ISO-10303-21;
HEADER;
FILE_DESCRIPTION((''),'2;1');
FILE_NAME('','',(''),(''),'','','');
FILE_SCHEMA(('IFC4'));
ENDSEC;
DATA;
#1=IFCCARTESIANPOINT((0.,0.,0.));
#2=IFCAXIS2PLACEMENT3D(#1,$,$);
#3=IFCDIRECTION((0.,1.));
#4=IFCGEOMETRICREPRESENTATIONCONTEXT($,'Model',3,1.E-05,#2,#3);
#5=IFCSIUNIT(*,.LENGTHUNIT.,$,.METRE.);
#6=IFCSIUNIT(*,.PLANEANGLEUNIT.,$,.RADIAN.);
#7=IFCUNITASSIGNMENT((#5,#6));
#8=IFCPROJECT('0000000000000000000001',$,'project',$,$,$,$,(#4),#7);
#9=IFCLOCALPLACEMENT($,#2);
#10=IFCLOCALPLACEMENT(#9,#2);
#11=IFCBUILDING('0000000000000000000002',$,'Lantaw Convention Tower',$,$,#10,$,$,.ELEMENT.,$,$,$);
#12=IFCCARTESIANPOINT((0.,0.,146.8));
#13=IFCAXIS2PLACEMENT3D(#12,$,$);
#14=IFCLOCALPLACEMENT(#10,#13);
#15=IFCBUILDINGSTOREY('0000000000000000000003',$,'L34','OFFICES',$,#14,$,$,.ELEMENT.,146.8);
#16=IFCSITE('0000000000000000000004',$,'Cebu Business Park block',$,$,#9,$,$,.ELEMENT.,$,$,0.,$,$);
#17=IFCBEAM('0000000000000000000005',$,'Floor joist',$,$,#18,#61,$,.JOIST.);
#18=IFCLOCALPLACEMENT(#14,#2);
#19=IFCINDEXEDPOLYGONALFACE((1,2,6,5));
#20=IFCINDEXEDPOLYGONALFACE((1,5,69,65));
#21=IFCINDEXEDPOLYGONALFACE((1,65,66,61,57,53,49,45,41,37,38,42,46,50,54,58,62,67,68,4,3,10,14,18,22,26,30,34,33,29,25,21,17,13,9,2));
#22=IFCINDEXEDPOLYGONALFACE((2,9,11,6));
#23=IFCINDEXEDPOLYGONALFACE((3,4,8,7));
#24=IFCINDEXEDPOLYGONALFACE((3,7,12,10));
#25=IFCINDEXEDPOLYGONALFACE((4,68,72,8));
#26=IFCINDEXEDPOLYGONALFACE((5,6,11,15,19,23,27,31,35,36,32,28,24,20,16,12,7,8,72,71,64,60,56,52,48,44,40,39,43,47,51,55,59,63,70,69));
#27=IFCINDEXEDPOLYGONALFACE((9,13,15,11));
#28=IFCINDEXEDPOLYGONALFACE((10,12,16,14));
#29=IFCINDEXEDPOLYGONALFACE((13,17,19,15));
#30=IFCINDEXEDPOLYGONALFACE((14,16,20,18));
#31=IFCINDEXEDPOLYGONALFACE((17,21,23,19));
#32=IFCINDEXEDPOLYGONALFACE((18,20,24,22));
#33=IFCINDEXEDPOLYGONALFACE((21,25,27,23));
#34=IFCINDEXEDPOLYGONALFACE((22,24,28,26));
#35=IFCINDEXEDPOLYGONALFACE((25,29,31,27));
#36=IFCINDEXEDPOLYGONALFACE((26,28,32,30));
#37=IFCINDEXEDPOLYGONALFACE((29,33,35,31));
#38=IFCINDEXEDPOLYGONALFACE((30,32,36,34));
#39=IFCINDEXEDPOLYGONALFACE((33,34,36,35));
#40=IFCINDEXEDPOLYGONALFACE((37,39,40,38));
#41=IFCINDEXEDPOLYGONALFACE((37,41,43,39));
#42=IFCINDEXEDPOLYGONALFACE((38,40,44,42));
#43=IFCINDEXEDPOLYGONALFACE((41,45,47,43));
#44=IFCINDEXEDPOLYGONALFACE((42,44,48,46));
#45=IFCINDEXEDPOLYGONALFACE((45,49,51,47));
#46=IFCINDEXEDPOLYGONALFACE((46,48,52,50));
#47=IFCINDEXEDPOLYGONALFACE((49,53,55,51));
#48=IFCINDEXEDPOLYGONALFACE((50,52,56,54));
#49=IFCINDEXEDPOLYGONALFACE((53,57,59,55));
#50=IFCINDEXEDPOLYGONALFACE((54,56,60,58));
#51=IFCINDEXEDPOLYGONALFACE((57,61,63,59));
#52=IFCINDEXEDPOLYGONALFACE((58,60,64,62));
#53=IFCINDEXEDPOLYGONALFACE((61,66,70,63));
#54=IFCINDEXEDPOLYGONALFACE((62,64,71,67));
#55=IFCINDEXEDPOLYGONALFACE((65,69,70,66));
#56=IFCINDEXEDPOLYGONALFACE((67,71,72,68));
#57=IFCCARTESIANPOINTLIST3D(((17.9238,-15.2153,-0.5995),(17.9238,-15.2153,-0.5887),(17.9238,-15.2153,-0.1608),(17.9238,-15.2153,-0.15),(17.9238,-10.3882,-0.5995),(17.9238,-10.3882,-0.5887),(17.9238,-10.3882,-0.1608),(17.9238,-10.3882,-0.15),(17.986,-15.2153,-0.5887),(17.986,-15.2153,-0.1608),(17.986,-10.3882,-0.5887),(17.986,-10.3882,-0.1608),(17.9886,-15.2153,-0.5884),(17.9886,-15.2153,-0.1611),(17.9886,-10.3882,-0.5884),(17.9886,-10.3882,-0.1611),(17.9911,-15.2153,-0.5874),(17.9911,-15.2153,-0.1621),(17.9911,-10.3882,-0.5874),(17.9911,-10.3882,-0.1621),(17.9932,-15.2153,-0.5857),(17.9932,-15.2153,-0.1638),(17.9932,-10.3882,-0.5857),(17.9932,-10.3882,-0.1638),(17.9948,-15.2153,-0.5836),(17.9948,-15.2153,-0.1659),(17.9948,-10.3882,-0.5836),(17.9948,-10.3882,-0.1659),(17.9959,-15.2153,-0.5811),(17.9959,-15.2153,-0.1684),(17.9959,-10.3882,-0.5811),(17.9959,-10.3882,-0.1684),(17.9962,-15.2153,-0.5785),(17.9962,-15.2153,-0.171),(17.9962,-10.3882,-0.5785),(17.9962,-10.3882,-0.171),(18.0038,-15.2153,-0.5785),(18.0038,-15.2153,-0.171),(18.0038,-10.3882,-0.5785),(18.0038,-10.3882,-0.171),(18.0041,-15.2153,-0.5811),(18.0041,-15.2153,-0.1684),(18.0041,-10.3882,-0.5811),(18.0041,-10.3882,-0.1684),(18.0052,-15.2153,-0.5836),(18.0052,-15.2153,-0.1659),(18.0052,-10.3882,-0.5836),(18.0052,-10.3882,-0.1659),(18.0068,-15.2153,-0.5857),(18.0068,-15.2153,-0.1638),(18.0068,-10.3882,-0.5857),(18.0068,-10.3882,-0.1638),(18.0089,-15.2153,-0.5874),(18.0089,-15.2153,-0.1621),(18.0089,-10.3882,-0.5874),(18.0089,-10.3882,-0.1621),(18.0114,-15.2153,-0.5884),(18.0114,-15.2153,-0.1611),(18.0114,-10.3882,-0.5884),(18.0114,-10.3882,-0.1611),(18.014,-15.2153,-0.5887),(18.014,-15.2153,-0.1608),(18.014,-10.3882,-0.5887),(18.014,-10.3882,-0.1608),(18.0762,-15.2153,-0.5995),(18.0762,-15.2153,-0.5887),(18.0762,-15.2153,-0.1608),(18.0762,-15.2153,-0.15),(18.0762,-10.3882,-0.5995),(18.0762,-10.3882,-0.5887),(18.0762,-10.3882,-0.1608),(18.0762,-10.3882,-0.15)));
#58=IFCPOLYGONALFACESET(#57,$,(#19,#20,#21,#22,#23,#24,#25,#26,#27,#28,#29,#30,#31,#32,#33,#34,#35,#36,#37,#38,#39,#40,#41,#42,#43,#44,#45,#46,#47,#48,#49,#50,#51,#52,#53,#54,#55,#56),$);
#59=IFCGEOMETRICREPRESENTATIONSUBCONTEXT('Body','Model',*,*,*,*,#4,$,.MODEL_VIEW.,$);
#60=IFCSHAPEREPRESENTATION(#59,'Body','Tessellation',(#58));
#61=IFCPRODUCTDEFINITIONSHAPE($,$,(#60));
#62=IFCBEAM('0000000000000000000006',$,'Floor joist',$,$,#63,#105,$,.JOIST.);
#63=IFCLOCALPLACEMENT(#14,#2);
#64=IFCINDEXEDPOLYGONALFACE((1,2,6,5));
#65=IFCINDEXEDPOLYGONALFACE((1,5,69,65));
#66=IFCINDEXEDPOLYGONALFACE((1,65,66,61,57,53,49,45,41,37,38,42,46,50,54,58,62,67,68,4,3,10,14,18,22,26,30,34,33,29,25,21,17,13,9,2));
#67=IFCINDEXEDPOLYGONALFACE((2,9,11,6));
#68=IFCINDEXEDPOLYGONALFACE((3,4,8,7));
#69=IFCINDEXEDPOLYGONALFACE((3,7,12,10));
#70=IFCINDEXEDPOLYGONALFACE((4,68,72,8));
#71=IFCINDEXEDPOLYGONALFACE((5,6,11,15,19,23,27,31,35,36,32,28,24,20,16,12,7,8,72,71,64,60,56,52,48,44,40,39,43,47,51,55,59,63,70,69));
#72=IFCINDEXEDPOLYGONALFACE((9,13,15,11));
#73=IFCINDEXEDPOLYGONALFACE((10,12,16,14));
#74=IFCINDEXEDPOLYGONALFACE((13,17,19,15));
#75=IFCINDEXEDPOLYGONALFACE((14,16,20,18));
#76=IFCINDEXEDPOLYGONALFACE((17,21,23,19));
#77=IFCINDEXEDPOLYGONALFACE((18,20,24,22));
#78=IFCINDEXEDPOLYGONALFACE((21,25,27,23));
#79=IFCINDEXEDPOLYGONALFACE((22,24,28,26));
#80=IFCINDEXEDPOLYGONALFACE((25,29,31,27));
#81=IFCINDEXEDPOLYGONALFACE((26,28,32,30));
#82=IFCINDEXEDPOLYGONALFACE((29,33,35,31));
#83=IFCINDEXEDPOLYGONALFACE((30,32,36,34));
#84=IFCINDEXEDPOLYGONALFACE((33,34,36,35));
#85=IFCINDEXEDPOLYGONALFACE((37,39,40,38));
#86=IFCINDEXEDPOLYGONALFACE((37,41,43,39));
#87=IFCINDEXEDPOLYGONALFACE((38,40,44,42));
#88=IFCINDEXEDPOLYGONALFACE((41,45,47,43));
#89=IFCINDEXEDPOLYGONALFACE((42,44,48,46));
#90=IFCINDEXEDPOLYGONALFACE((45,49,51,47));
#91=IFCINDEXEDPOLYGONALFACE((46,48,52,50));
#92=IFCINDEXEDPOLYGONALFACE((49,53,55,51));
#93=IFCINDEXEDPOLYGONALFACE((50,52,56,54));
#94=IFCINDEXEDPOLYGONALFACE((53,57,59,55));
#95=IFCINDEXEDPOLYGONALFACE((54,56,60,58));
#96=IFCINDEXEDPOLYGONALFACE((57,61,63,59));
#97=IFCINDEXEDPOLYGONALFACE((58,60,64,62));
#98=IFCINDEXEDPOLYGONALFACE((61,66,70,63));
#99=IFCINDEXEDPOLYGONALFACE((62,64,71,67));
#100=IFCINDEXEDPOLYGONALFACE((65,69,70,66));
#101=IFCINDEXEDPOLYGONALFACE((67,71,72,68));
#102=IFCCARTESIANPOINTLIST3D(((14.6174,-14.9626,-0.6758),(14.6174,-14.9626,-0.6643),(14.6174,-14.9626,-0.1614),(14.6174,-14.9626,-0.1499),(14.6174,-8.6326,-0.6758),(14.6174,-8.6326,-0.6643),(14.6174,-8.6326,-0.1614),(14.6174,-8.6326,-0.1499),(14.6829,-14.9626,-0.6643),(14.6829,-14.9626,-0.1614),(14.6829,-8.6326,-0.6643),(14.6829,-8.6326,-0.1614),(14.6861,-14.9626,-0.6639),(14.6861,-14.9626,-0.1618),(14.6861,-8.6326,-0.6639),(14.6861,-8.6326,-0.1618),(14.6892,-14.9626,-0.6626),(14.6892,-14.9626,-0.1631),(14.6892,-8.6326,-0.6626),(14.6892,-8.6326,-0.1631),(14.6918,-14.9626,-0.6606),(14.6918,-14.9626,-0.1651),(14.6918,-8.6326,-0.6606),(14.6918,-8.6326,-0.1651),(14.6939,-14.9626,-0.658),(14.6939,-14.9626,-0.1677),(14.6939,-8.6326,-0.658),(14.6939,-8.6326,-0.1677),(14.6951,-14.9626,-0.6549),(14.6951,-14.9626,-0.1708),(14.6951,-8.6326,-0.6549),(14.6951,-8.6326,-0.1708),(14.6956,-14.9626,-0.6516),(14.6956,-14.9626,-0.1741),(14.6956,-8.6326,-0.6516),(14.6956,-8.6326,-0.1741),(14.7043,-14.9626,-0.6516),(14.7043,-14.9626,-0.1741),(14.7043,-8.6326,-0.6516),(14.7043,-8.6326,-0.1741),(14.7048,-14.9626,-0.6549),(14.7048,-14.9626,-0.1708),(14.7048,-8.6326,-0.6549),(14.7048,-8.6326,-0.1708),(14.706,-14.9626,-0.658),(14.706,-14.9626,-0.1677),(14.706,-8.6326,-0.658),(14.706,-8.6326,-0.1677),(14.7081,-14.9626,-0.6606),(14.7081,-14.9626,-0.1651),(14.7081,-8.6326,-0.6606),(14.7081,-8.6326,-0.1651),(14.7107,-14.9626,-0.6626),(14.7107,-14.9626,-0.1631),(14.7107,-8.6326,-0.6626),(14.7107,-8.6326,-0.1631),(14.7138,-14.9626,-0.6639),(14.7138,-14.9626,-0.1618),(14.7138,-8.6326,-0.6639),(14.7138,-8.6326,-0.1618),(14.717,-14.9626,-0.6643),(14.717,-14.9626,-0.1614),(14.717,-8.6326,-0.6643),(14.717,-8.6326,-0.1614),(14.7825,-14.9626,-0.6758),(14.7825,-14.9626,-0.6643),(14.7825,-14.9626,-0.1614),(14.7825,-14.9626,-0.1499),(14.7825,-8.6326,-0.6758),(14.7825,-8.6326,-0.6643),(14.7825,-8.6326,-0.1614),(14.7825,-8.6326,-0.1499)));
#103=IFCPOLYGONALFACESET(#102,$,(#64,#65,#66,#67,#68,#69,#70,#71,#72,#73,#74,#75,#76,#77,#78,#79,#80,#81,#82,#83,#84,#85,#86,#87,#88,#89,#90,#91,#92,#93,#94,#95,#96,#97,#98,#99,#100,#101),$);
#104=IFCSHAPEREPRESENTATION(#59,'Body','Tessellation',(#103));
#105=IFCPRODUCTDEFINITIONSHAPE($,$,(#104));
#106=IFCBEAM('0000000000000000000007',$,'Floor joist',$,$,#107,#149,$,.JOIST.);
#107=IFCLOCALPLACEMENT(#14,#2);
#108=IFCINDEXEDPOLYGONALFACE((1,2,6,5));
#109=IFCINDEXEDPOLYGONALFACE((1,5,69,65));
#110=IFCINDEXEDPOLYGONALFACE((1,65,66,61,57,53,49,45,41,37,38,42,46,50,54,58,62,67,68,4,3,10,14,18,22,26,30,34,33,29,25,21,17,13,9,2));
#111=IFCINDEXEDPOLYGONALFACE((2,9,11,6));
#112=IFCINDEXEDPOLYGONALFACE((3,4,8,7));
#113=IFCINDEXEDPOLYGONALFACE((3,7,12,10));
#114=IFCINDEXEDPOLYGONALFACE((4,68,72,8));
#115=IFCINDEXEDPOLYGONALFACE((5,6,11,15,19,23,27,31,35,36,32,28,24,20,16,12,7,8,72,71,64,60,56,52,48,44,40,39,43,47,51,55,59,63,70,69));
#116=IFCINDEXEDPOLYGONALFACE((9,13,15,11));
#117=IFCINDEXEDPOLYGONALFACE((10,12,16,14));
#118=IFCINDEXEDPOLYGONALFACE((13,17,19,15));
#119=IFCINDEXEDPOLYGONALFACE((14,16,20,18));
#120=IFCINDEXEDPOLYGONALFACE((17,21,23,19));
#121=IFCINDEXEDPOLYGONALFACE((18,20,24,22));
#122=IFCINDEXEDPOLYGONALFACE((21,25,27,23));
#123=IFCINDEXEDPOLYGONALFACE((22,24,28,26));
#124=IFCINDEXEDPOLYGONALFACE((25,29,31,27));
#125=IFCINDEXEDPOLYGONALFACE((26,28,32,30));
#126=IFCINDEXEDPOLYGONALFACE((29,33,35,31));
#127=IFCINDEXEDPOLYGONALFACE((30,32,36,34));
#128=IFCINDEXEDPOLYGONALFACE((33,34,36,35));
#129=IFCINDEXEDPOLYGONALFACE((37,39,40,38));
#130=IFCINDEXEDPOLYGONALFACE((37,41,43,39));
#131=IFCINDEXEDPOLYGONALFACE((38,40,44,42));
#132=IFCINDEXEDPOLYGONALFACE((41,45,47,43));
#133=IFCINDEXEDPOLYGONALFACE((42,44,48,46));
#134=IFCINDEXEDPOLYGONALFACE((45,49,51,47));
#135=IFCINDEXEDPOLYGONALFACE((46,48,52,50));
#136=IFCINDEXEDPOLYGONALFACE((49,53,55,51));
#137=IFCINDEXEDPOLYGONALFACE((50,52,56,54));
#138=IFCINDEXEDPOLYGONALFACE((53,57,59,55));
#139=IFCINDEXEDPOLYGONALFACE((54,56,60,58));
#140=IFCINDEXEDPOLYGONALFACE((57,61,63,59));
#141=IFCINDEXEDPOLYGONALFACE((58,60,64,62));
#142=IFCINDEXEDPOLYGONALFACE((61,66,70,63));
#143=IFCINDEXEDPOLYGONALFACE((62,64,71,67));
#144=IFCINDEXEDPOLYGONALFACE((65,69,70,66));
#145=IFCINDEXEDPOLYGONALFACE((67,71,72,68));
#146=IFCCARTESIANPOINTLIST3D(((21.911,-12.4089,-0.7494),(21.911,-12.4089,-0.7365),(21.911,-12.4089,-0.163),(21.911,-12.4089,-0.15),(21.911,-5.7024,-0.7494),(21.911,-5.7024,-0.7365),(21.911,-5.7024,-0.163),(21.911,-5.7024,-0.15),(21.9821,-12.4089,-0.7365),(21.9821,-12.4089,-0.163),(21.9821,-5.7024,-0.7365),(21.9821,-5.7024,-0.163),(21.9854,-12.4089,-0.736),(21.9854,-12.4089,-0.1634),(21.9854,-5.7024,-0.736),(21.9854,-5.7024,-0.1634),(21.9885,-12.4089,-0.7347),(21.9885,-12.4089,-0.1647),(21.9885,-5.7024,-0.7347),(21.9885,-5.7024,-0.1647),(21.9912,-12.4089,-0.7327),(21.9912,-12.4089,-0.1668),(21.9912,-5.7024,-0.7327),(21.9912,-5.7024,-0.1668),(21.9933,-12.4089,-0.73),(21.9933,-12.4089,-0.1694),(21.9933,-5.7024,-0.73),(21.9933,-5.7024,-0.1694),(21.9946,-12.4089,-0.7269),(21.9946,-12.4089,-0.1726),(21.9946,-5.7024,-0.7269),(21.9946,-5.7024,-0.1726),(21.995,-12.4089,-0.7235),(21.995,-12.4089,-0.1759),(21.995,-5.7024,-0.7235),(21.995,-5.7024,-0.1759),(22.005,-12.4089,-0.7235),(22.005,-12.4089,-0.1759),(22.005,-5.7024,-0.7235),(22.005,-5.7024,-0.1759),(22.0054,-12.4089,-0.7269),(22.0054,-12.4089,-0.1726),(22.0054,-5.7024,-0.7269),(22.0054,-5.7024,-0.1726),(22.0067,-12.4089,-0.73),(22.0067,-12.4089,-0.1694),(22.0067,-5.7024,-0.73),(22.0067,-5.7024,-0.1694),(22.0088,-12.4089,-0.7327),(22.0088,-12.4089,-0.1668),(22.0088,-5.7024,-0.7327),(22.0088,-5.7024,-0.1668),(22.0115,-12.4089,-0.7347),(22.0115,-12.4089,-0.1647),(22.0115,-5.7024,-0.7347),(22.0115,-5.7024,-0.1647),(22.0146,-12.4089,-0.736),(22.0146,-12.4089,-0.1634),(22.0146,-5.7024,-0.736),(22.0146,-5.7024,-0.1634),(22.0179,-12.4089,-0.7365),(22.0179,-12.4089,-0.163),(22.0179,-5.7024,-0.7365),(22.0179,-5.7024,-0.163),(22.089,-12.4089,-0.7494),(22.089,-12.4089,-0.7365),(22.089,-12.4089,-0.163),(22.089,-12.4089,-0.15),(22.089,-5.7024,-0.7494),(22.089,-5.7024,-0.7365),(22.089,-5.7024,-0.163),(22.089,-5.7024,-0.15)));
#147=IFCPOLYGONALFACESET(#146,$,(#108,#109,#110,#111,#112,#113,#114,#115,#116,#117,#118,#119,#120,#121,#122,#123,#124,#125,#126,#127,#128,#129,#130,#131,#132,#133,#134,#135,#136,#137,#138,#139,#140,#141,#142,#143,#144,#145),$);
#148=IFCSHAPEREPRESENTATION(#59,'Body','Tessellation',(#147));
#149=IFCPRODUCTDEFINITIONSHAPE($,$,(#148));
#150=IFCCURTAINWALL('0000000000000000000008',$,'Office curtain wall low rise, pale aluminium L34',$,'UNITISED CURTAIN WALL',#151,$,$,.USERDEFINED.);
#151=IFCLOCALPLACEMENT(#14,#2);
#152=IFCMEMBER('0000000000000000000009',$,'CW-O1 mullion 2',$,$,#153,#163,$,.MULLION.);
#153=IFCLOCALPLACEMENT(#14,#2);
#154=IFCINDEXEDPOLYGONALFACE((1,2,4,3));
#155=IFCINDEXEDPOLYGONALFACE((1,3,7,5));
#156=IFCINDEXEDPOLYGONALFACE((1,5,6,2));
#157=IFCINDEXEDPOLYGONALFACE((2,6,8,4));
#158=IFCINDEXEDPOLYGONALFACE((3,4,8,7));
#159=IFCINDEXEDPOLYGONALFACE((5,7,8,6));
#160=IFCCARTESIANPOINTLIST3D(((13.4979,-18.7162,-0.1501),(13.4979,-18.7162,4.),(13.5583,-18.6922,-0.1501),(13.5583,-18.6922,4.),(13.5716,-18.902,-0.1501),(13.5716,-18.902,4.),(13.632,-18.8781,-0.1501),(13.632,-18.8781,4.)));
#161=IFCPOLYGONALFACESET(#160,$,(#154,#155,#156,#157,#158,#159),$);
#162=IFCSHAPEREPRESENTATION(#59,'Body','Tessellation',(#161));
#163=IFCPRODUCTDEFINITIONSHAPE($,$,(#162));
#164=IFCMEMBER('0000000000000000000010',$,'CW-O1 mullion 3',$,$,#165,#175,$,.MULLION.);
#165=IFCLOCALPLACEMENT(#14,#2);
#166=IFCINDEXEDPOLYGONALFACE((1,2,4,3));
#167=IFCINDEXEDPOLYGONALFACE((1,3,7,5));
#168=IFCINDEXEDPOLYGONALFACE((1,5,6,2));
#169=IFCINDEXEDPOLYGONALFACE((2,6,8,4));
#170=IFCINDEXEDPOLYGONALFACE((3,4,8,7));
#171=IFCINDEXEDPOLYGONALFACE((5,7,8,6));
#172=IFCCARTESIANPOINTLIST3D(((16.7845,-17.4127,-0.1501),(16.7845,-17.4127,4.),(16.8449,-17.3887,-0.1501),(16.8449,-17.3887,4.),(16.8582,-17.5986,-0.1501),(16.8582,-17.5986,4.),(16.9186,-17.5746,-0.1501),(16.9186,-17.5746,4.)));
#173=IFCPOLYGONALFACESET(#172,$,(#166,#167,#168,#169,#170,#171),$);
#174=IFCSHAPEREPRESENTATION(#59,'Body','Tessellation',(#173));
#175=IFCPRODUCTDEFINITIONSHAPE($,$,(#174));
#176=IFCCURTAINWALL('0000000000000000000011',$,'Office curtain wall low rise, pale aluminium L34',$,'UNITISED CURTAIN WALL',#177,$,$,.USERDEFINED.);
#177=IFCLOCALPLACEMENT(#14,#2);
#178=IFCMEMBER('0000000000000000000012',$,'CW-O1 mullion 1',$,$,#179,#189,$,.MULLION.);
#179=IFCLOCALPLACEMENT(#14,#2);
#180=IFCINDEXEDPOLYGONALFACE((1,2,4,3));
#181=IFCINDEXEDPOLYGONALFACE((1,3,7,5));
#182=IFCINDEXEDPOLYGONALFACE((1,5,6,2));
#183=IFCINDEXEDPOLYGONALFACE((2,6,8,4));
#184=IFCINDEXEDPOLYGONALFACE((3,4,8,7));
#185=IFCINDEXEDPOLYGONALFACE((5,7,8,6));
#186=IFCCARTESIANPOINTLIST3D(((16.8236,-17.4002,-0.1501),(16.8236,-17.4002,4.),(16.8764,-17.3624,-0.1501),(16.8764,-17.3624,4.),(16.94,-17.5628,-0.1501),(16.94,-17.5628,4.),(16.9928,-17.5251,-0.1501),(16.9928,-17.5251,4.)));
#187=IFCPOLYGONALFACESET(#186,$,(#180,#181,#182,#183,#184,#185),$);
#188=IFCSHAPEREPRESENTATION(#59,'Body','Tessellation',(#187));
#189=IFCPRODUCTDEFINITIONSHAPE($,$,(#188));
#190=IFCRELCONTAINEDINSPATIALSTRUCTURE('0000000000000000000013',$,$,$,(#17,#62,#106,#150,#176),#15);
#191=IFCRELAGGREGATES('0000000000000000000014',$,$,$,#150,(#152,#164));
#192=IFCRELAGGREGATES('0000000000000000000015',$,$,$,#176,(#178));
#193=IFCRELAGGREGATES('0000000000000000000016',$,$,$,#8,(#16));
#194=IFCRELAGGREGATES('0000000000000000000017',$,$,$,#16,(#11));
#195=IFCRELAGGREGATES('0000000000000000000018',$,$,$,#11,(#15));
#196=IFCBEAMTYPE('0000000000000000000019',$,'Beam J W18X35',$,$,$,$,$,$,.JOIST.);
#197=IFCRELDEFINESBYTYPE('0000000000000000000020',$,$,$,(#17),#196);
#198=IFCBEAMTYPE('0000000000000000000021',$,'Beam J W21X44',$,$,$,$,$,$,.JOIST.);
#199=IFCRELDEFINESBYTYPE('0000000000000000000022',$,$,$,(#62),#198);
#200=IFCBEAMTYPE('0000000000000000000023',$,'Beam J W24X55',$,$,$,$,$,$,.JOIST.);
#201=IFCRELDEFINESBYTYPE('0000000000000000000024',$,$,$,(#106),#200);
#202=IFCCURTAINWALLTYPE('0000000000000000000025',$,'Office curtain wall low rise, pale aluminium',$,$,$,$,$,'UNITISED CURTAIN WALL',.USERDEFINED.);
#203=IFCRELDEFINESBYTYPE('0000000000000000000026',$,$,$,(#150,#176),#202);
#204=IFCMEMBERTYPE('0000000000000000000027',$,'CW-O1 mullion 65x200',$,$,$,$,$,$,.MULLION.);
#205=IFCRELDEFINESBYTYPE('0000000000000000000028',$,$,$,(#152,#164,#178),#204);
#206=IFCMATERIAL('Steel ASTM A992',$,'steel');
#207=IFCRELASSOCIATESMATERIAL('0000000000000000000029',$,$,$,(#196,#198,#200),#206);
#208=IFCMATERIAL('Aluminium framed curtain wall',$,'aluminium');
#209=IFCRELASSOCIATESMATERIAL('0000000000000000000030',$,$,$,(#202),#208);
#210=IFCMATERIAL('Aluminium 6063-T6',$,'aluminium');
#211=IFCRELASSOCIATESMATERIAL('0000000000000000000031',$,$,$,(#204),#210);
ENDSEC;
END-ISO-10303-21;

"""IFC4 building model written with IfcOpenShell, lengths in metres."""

from ifc_helpers import new_model, si_unit, direction, frame, origin, origin_2d, place, context, subcontext, project, spatial, rectangle, i_section, extrude, material, material_profile, profile_set, type_object, element, aggregate, save


model = new_model("IFC4")

# Units and contexts
model_context = context("Model", 3, precision=1e-05, world=origin(), true_north=direction((0.0, 1.0)))
body_context = subcontext(model_context, "Body", "Model", "MODEL_VIEW")
ifc_project = project(units=[si_unit("LENGTHUNIT", "METRE"), si_unit("PLANEANGLEUNIT", "RADIAN")], contexts=[model_context])

# Site, building, storey
site_placement = place(None, origin())
site = spatial("IfcSite", under=ifc_project, at=site_placement, Name="Cebu Business Park block", CompositionType="ELEMENT", RefElevation=0.0)
building_placement = place(site_placement, origin())
building = spatial("IfcBuilding", under=site, at=building_placement, Name="Lantaw Convention Tower", CompositionType="ELEMENT")
storey_placement = place(building_placement, frame((0.0, 0.0, 146.8)))
storey = spatial("IfcBuildingStorey", under=building, at=storey_placement, Name="L34", Description="OFFICES", CompositionType="ELEMENT", Elevation=146.8)

# Beams
ifc_material_1 = material(Name="Steel ASTM A992", Category="steel")
ifc_material_profile_1 = material_profile(ifc_material_1, i_section(OverallWidth=0.1523, OverallDepth=0.4495, WebThickness=0.0076, FlangeThickness=0.0107, FilletRadius=0.0103, at=origin_2d()), Name="W18X35")
ifc_profile_set_1 = profile_set([ifc_material_profile_1], Name="Steel ASTM A992")
beam_type_1 = type_object("IfcBeamType", Name="Beam J W18X35", PredefinedType="JOIST", material=ifc_profile_set_1)
beam_1_placement = place(storey_placement, frame((18.0, -15.2153, -0.3748), z_axis=(0.0, 1.0, 0.0), x_axis=(-1.0, 0.0, 0.0)))
element("IfcBeam", 1, at=beam_1_placement, inside=storey, type_object=beam_type_1, Name="Floor joist", PredefinedType="JOIST", context=body_context, shape_type="SweptSolid", body=[
    extrude(i_section(OverallWidth=0.1523, OverallDepth=0.4495, WebThickness=0.0076, FlangeThickness=0.0107, FilletRadius=0.0103, at=origin_2d()), origin(), (0.0, 0.0, 1.0), 4.8271),
])
ifc_material_profile_2 = material_profile(ifc_material_1, i_section(OverallWidth=0.165, OverallDepth=0.5259, WebThickness=0.0088, FlangeThickness=0.0115, FilletRadius=0.0127, at=origin_2d()), Name="W21X44")
ifc_profile_set_2 = profile_set([ifc_material_profile_2], Name="Steel ASTM A992")
beam_type_2 = type_object("IfcBeamType", Name="Beam J W21X44", PredefinedType="JOIST", material=ifc_profile_set_2)
beam_2_placement = place(storey_placement, frame((14.7, -14.9626, -0.4128), z_axis=(0.0, 1.0, 0.0), x_axis=(-1.0, 0.0, 0.0)))
element("IfcBeam", 2, at=beam_2_placement, inside=storey, type_object=beam_type_2, Name="Floor joist", PredefinedType="JOIST", context=body_context, shape_type="SweptSolid", body=[
    extrude(i_section(OverallWidth=0.165, OverallDepth=0.5259, WebThickness=0.0088, FlangeThickness=0.0115, FilletRadius=0.0127, at=origin_2d()), origin(), (0.0, 0.0, 1.0), 6.3301),
])
ifc_material_profile_3 = material_profile(ifc_material_1, i_section(OverallWidth=0.178, OverallDepth=0.5994, WebThickness=0.01, FlangeThickness=0.0129, FilletRadius=0.0129, at=origin_2d()), Name="W24X55")
ifc_profile_set_3 = profile_set([ifc_material_profile_3], Name="Steel ASTM A992")
beam_type_3 = type_object("IfcBeamType", Name="Beam J W24X55", PredefinedType="JOIST", material=ifc_profile_set_3)
beam_3_placement = place(storey_placement, frame((22.0, -12.4089, -0.4497), z_axis=(0.0, 1.0, 0.0), x_axis=(-1.0, 0.0, 0.0)))
element("IfcBeam", 3, at=beam_3_placement, inside=storey, type_object=beam_type_3, Name="Floor joist", PredefinedType="JOIST", context=body_context, shape_type="SweptSolid", body=[
    extrude(i_section(OverallWidth=0.178, OverallDepth=0.5994, WebThickness=0.01, FlangeThickness=0.0129, FilletRadius=0.0129, at=origin_2d()), origin(), (0.0, 0.0, 1.0), 6.7065),
])

# Curtain walls, members
ifc_material_2 = material(Name="Aluminium framed curtain wall", Category="aluminium")
curtain_wall_type = type_object("IfcCurtainWallType", Name="Office curtain wall low rise, pale aluminium", ElementType="UNITISED CURTAIN WALL", PredefinedType="USERDEFINED", material=ifc_material_2)
curtain_wall_1_placement = place(storey_placement, origin())
curtain_wall_1 = element("IfcCurtainWall", 4, at=curtain_wall_1_placement, inside=storey, type_object=curtain_wall_type, Name="Office curtain wall low rise, pale aluminium L34", ObjectType="UNITISED CURTAIN WALL", PredefinedType="USERDEFINED")
ifc_material_3 = material(Name="Aluminium 6063-T6", Category="aluminium")
ifc_material_profile_4 = material_profile(ifc_material_3, rectangle(XDim=0.2, YDim=0.0649, at=origin_2d()), Name="CW-O1 mullion 65x200")
ifc_profile_set_4 = profile_set([ifc_material_profile_4], Name="Aluminium 6063-T6")
member_type_1 = type_object("IfcMemberType", Name="CW-O1 mullion 65x200", PredefinedType="MULLION", material=ifc_profile_set_4)
member_1_placement = place(storey_placement, frame((13.5649, -18.7971, -0.1501), z_axis=(0.0, 0.0, 1.0), x_axis=(-0.368702, 0.929548, 0.0)))
member_1 = element("IfcMember", 5, at=member_1_placement, type_object=member_type_1, Name="CW-O1 mullion 2", PredefinedType="MULLION", context=body_context, shape_type="SweptSolid", body=[
    extrude(rectangle(XDim=0.2, YDim=0.0649, at=origin_2d()), origin(), (0.0, 0.0, 1.0), 4.1501),
])
member_2_placement = place(storey_placement, frame((16.8516, -17.4937, -0.1501), z_axis=(0.0, 0.0, 1.0), x_axis=(-0.368702, 0.929548, 0.0)))
member_2 = element("IfcMember", 6, at=member_2_placement, type_object=member_type_1, Name="CW-O1 mullion 3", PredefinedType="MULLION", context=body_context, shape_type="SweptSolid", body=[
    extrude(rectangle(XDim=0.2, YDim=0.0649, at=origin_2d()), origin(), (0.0, 0.0, 1.0), 4.1501),
])
curtain_wall_2_placement = place(storey_placement, origin())
curtain_wall_2 = element("IfcCurtainWall", 7, at=curtain_wall_2_placement, inside=storey, type_object=curtain_wall_type, Name="Office curtain wall low rise, pale aluminium L34", ObjectType="UNITISED CURTAIN WALL", PredefinedType="USERDEFINED")
member_3_placement = place(storey_placement, frame((16.9082, -17.4626, -0.1501), z_axis=(0.0, 0.0, 1.0), x_axis=(-0.581973, 0.813208, 0.0)))
member_3 = element("IfcMember", 8, at=member_3_placement, type_object=member_type_1, Name="CW-O1 mullion 1", PredefinedType="MULLION", context=body_context, shape_type="SweptSolid", body=[
    extrude(rectangle(XDim=0.2, YDim=0.0649, at=origin_2d()), origin(), (0.0, 0.0, 1.0), 4.1501),
])

aggregate(curtain_wall_1, [member_1, member_2])
aggregate(curtain_wall_2, [member_3])

save(model, "model.ifc")
